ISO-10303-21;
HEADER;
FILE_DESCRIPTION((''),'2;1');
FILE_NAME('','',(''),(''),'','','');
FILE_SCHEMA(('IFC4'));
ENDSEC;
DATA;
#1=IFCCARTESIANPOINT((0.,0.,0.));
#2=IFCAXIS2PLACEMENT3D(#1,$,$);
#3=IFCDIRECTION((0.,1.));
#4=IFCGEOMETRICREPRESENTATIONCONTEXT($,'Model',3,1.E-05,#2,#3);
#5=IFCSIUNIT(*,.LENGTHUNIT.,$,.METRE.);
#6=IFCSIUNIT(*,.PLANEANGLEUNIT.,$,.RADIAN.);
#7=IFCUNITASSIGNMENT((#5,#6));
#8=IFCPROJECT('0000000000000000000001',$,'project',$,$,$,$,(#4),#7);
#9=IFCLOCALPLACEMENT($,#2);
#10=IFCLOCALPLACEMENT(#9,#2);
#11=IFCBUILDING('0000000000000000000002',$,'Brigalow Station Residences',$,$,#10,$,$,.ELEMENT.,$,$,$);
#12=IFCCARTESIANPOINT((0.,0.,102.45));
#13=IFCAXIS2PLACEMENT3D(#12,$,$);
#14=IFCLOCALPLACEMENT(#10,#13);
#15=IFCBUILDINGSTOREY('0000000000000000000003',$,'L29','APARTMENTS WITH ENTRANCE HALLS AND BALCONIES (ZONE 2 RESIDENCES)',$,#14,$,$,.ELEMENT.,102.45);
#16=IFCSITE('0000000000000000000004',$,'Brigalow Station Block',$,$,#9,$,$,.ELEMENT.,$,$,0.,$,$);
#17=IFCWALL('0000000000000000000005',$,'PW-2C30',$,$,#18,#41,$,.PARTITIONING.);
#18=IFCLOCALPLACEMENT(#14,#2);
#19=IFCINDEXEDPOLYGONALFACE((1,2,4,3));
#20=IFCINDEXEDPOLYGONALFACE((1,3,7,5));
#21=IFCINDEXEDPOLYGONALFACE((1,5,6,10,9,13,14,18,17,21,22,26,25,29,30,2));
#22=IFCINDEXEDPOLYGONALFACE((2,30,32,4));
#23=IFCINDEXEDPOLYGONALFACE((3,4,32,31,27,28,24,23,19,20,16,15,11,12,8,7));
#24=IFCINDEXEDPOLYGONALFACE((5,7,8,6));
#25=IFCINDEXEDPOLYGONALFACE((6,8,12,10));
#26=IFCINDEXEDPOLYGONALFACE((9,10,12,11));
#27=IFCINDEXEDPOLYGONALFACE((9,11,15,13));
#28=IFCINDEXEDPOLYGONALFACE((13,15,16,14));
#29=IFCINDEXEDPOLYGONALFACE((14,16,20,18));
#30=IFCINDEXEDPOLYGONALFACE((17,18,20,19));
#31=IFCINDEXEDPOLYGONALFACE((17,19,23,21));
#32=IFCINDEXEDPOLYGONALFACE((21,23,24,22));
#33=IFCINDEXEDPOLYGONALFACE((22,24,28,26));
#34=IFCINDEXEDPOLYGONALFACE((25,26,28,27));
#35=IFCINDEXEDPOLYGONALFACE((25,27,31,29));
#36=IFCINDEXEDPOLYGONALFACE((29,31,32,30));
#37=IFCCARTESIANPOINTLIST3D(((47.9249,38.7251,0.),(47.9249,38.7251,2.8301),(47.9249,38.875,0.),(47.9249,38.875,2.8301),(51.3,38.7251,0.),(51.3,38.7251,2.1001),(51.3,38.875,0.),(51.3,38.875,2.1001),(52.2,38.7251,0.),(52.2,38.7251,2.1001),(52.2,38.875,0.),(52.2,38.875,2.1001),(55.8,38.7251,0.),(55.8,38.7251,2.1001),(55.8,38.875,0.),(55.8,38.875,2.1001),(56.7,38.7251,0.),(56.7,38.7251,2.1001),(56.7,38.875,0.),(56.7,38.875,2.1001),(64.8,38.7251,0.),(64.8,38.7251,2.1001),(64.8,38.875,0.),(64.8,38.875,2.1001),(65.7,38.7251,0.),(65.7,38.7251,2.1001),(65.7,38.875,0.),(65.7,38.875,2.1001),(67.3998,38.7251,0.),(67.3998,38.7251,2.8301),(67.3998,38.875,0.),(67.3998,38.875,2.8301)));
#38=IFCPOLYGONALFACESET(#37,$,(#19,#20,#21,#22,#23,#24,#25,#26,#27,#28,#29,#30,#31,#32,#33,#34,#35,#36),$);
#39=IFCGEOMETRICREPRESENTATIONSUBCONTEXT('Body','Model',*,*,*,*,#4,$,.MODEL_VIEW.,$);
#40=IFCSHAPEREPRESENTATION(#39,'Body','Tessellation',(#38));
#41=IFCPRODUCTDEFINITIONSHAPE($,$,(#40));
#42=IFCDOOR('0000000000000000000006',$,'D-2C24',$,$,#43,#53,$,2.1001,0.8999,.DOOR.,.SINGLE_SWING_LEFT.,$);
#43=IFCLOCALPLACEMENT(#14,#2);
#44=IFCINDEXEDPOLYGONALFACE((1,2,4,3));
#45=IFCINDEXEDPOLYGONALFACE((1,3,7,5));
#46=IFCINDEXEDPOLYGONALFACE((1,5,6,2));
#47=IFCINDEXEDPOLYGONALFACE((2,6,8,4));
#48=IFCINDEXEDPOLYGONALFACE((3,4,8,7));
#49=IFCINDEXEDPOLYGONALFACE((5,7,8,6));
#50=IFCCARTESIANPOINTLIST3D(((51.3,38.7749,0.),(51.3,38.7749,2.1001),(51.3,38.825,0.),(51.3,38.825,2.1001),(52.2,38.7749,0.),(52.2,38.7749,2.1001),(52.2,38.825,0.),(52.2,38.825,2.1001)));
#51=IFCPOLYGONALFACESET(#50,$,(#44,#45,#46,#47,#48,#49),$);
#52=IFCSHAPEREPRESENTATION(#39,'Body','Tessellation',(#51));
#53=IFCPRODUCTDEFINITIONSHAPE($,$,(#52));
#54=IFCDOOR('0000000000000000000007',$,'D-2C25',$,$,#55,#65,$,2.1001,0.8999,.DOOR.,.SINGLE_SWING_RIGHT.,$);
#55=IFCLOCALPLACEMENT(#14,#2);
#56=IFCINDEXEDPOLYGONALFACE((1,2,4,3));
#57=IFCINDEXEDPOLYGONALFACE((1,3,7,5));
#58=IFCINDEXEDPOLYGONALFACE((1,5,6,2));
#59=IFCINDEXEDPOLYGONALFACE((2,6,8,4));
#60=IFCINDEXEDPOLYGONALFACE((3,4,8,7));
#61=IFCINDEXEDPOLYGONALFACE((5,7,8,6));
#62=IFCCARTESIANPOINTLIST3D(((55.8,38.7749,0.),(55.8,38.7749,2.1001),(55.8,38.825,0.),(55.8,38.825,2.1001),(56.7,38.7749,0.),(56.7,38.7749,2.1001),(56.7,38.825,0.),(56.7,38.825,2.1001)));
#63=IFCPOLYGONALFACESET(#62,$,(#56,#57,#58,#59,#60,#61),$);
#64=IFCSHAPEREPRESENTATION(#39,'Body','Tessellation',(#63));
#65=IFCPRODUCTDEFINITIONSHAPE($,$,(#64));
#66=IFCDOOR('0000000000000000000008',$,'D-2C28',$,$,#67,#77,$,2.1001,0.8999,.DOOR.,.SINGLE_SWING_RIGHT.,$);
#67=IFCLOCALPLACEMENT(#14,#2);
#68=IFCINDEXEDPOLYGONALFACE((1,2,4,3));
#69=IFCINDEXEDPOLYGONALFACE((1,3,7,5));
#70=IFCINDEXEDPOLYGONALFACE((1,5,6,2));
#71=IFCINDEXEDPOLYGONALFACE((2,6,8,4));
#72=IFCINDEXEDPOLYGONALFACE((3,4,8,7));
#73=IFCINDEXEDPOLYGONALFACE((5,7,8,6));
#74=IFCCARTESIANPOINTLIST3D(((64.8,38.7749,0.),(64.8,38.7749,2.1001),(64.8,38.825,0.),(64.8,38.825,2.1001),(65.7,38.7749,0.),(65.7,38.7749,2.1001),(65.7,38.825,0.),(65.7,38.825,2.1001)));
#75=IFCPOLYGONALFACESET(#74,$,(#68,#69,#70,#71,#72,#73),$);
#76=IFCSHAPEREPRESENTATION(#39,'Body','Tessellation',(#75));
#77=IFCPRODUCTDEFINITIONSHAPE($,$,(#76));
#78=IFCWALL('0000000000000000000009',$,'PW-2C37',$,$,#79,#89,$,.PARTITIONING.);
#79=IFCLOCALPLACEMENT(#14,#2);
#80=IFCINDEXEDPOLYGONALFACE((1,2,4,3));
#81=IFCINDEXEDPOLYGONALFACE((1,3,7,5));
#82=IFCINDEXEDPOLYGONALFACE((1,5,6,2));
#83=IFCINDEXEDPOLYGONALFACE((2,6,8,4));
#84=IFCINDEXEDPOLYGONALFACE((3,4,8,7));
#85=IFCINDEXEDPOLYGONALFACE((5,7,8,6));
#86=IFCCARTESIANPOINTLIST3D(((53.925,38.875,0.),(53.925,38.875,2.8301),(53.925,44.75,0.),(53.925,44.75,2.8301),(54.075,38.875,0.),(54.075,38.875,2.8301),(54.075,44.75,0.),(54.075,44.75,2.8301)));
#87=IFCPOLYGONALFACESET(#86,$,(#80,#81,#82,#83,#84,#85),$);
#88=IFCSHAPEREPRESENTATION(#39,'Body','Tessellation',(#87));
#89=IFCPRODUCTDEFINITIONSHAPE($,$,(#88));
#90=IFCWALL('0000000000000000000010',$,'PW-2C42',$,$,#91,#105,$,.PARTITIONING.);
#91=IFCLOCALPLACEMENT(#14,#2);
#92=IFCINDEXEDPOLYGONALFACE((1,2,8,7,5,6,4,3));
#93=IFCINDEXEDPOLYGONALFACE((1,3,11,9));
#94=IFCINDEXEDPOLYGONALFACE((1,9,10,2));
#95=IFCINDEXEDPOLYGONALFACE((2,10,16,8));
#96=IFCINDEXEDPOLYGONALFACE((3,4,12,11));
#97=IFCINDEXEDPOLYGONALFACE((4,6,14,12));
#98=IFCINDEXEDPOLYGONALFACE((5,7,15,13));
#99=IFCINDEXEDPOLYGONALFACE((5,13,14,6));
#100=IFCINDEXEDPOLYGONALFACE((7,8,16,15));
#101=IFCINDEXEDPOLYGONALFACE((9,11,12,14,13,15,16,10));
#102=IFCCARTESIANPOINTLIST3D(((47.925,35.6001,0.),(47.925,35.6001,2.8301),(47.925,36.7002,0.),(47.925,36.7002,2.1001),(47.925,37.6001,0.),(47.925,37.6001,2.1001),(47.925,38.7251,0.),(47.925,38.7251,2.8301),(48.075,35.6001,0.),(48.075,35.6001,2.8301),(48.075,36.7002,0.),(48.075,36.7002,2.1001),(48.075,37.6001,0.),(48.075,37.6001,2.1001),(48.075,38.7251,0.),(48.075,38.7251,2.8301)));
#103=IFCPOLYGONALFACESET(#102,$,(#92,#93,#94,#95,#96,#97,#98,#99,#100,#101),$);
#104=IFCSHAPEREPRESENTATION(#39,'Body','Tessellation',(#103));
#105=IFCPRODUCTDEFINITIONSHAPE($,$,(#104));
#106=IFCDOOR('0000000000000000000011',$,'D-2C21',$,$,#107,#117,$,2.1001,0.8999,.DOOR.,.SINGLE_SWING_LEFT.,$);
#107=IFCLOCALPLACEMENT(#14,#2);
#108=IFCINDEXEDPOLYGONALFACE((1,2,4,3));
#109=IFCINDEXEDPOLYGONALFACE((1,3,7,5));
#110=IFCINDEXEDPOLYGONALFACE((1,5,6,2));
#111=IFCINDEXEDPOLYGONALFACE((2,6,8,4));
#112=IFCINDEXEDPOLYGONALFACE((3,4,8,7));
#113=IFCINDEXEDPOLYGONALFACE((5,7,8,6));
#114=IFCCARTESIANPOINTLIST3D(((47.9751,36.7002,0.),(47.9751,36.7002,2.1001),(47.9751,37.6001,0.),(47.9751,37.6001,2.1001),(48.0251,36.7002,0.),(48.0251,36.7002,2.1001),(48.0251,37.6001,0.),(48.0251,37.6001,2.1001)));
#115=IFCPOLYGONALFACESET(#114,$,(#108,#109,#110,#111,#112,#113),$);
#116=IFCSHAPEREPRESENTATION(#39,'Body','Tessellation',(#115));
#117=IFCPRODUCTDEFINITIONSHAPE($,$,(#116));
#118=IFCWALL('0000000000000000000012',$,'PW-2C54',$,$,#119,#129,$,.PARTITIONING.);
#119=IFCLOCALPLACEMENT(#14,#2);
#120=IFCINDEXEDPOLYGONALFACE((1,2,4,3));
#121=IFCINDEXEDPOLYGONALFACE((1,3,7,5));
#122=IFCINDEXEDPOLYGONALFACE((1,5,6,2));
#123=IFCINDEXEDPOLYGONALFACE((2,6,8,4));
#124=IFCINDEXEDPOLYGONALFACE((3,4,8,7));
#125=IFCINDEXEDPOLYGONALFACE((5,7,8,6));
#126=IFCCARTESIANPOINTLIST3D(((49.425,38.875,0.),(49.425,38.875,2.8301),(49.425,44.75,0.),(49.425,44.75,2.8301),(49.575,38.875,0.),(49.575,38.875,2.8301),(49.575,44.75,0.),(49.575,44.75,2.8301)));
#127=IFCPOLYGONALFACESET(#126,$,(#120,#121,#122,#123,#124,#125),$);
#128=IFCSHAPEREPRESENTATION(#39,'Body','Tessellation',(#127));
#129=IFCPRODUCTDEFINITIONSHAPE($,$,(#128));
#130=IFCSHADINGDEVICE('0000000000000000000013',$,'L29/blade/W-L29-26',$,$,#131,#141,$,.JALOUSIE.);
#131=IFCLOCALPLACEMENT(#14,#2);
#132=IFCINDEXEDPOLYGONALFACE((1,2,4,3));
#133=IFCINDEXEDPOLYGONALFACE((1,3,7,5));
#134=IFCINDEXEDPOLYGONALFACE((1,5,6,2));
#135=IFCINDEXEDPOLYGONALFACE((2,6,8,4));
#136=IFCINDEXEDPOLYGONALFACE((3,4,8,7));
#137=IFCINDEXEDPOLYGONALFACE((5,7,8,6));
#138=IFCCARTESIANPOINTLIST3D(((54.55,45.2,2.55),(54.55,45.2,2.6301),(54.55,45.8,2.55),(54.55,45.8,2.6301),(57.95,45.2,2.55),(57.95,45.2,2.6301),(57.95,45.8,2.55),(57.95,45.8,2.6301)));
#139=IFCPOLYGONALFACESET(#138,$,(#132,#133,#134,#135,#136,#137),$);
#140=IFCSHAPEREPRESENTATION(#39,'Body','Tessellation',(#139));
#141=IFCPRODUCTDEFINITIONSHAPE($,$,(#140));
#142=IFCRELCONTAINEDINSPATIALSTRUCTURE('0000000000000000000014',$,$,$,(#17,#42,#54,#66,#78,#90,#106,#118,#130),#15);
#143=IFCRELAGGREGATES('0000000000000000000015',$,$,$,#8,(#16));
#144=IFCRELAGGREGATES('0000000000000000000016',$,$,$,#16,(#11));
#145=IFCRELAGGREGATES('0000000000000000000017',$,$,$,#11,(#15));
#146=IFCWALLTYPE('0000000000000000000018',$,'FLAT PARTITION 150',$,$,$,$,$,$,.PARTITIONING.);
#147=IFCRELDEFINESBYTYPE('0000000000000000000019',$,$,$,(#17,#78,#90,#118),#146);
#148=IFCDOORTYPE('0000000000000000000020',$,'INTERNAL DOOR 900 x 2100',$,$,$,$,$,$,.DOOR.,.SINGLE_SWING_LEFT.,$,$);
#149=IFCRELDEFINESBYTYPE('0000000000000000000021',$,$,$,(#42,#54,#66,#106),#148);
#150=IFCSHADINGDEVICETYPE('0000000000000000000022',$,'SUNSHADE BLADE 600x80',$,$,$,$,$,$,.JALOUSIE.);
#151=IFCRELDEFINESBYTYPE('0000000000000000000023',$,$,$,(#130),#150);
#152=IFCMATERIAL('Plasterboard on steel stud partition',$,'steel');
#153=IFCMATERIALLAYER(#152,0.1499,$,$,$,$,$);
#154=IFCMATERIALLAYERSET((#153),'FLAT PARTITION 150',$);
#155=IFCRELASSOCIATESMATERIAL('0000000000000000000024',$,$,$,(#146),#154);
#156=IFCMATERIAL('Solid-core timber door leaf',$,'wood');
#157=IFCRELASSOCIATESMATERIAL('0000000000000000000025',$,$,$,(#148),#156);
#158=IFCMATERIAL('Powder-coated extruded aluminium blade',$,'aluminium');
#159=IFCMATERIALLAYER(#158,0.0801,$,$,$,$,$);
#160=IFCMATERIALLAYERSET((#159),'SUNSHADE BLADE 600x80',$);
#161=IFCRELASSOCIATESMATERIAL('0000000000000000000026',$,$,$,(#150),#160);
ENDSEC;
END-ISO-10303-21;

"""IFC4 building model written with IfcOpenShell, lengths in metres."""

from ifc_helpers import new_model, si_unit, direction, frame, frame_2d, origin, origin_2d, place, context, subcontext, project, spatial, rectangle, extrude, material, layer, layer_set, type_object, element, fill, save


model = new_model("IFC4")

# Units and contexts
model_context = context("Model", 3, precision=1e-05, world=origin(), true_north=direction((0.0, 1.0)))
body_context = subcontext(model_context, "Body", "Model", "MODEL_VIEW")
ifc_project = project(units=[si_unit("LENGTHUNIT", "METRE"), si_unit("PLANEANGLEUNIT", "RADIAN")], contexts=[model_context])

# Site, building, storey
site_placement = place(None, origin())
site = spatial("IfcSite", under=ifc_project, at=site_placement, Name="Brigalow Station Block", CompositionType="ELEMENT", RefElevation=0.0)
building_placement = place(site_placement, origin())
building = spatial("IfcBuilding", under=site, at=building_placement, Name="Brigalow Station Residences", CompositionType="ELEMENT")
storey_placement = place(building_placement, frame((0.0, 0.0, 102.45)))
storey = spatial("IfcBuildingStorey", under=building, at=storey_placement, Name="L29", Description="APARTMENTS WITH ENTRANCE HALLS AND BALCONIES (ZONE 2 RESIDENCES)", CompositionType="ELEMENT", Elevation=102.45)

# Wall, openings, doors
ifc_material_1 = material(Name="Plasterboard on steel stud partition", Category="steel")
ifc_layer_1 = layer(ifc_material_1, 0.1499)
ifc_layer_set_1 = layer_set([ifc_layer_1], Name="FLAT PARTITION 150")
wall_type_1 = type_object("IfcWallType", Name="FLAT PARTITION 150", PredefinedType="PARTITIONING", material=ifc_layer_set_1)
wall_1_placement = place(storey_placement, frame((47.925, 38.8, 0.0), z_axis=(0.0, 0.0, 1.0), x_axis=(1.0, 0.0, 0.0)))
wall_1 = element("IfcWall", 1, at=wall_1_placement, inside=storey, type_object=wall_type_1, Name="PW-2C30", PredefinedType="PARTITIONING", context=body_context, shape_type="SweptSolid", body=[
    extrude(rectangle(XDim=19.4749, YDim=0.1499, at=frame_2d((9.7373, 0.0))), origin(), (0.0, 0.0, 1.0), 2.8301),
])
opening_1_placement = place(wall_1_placement, frame((3.375, 0.0, 0.0)))
opening_1 = element("IfcOpeningElement", 2, at=opening_1_placement, cuts=wall_1, PredefinedType="OPENING", context=body_context, shape_type="SweptSolid", body=[
    extrude(rectangle(XDim=0.8999, YDim=2.1001, at=frame_2d((0.45, 1.05))), frame((0.0, 0.085, 0.0), z_axis=(0.0, -1.0, 0.0), x_axis=(1.0, 0.0, 0.0)), (0.0, 0.0, 1.0), 0.1699),
])
opening_2_placement = place(wall_1_placement, frame((7.875, 0.0, 0.0)))
opening_2 = element("IfcOpeningElement", 3, at=opening_2_placement, cuts=wall_1, PredefinedType="OPENING", context=body_context, shape_type="SweptSolid", body=[
    extrude(rectangle(XDim=0.8999, YDim=2.1001, at=frame_2d((0.45, 1.05))), frame((0.0, 0.085, 0.0), z_axis=(0.0, -1.0, 0.0), x_axis=(1.0, 0.0, 0.0)), (0.0, 0.0, 1.0), 0.1699),
])
opening_3_placement = place(wall_1_placement, frame((16.875, 0.0, 0.0)))
opening_3 = element("IfcOpeningElement", 4, at=opening_3_placement, cuts=wall_1, PredefinedType="OPENING", context=body_context, shape_type="SweptSolid", body=[
    extrude(rectangle(XDim=0.8999, YDim=2.1001, at=frame_2d((0.45, 1.05))), frame((0.0, 0.085, 0.0), z_axis=(0.0, -1.0, 0.0), x_axis=(1.0, 0.0, 0.0)), (0.0, 0.0, 1.0), 0.1699),
])
ifc_material_2 = material(Name="Solid-core timber door leaf", Category="wood")
door_type_1 = type_object("IfcDoorType", Name="INTERNAL DOOR 900 x 2100", OperationType="SINGLE_SWING_LEFT", PredefinedType="DOOR", material=ifc_material_2)
door_1_placement = place(opening_1_placement, origin())
door_1 = element("IfcDoor", 5, at=door_1_placement, inside=storey, type_object=door_type_1, Name="D-2C24", OperationType="SINGLE_SWING_LEFT", OverallHeight=2.1001, OverallWidth=0.8999, PredefinedType="DOOR", context=body_context, shape_type="SweptSolid", body=[
    extrude(rectangle(XDim=0.8999, YDim=2.1001, at=frame_2d((0.45, 1.05))), frame((0.0, 0.0249, 0.0), z_axis=(0.0, -1.0, 0.0), x_axis=(1.0, 0.0, 0.0)), (0.0, 0.0, 1.0), 0.05),
])
fill(opening_1, door_1)
door_2_placement = place(opening_2_placement, origin())
door_2 = element("IfcDoor", 6, at=door_2_placement, inside=storey, type_object=door_type_1, Name="D-2C25", OperationType="SINGLE_SWING_RIGHT", OverallHeight=2.1001, OverallWidth=0.8999, PredefinedType="DOOR", context=body_context, shape_type="SweptSolid", body=[
    extrude(rectangle(XDim=0.8999, YDim=2.1001, at=frame_2d((0.45, 1.05))), frame((0.0, 0.0249, 0.0), z_axis=(0.0, -1.0, 0.0), x_axis=(1.0, 0.0, 0.0)), (0.0, 0.0, 1.0), 0.05),
])
fill(opening_2, door_2)
door_3_placement = place(opening_3_placement, origin())
door_3 = element("IfcDoor", 7, at=door_3_placement, inside=storey, type_object=door_type_1, Name="D-2C28", OperationType="SINGLE_SWING_RIGHT", OverallHeight=2.1001, OverallWidth=0.8999, PredefinedType="DOOR", context=body_context, shape_type="SweptSolid", body=[
    extrude(rectangle(XDim=0.8999, YDim=2.1001, at=frame_2d((0.45, 1.05))), frame((0.0, 0.0249, 0.0), z_axis=(0.0, -1.0, 0.0), x_axis=(1.0, 0.0, 0.0)), (0.0, 0.0, 1.0), 0.05),
])
fill(opening_3, door_3)

# Wall
wall_2_placement = place(storey_placement, frame((54.0, 38.875, 0.0), z_axis=(0.0, 0.0, 1.0), x_axis=(0.0, 1.0, 0.0)))
element("IfcWall", 8, at=wall_2_placement, inside=storey, type_object=wall_type_1, Name="PW-2C37", PredefinedType="PARTITIONING", context=body_context, shape_type="SweptSolid", body=[
    extrude(rectangle(XDim=5.875, YDim=0.1499, at=frame_2d((2.9375, 0.0))), origin(), (0.0, 0.0, 1.0), 2.8301),
])

# Wall, opening, door
wall_3_placement = place(storey_placement, frame((48.0, 35.6001, 0.0), z_axis=(0.0, 0.0, 1.0), x_axis=(0.0, 1.0, 0.0)))
wall_3 = element("IfcWall", 9, at=wall_3_placement, inside=storey, type_object=wall_type_1, Name="PW-2C42", PredefinedType="PARTITIONING", context=body_context, shape_type="SweptSolid", body=[
    extrude(rectangle(XDim=3.125, YDim=0.1499, at=frame_2d((1.5625, 0.0))), origin(), (0.0, 0.0, 1.0), 2.8301),
])
opening_4_placement = place(wall_3_placement, frame((1.1001, 0.0, 0.0)))
opening_4 = element("IfcOpeningElement", 10, at=opening_4_placement, cuts=wall_3, PredefinedType="OPENING", context=body_context, shape_type="SweptSolid", body=[
    extrude(rectangle(XDim=0.8999, YDim=2.1001, at=frame_2d((0.45, 1.05))), frame((0.0, 0.085, 0.0), z_axis=(0.0, -1.0, 0.0), x_axis=(1.0, 0.0, 0.0)), (0.0, 0.0, 1.0), 0.1699),
])
door_4_placement = place(opening_4_placement, origin())
door_4 = element("IfcDoor", 11, at=door_4_placement, inside=storey, type_object=door_type_1, Name="D-2C21", OperationType="SINGLE_SWING_LEFT", OverallHeight=2.1001, OverallWidth=0.8999, PredefinedType="DOOR", context=body_context, shape_type="SweptSolid", body=[
    extrude(rectangle(XDim=0.8999, YDim=2.1001, at=frame_2d((0.45, 1.05))), frame((0.0, 0.0249, 0.0), z_axis=(0.0, -1.0, 0.0), x_axis=(1.0, 0.0, 0.0)), (0.0, 0.0, 1.0), 0.05),
])
fill(opening_4, door_4)

# Wall
wall_4_placement = place(storey_placement, frame((49.5, 38.875, 0.0), z_axis=(0.0, 0.0, 1.0), x_axis=(0.0, 1.0, 0.0)))
element("IfcWall", 12, at=wall_4_placement, inside=storey, type_object=wall_type_1, Name="PW-2C54", PredefinedType="PARTITIONING", context=body_context, shape_type="SweptSolid", body=[
    extrude(rectangle(XDim=5.875, YDim=0.1499, at=frame_2d((2.9375, 0.0))), origin(), (0.0, 0.0, 1.0), 2.8301),
])

# Shading device
ifc_material_3 = material(Name="Powder-coated extruded aluminium blade", Category="aluminium")
ifc_layer_2 = layer(ifc_material_3, 0.0801)
ifc_layer_set_2 = layer_set([ifc_layer_2], Name="SUNSHADE BLADE 600x80")
shading_device_type = type_object("IfcShadingDeviceType", Name="SUNSHADE BLADE 600x80", PredefinedType="JALOUSIE", material=ifc_layer_set_2)
shading_device_placement = place(storey_placement, frame((56.25, 45.5, 2.55), z_axis=(0.0, 0.0, 1.0), x_axis=(-1.0, 0.0, 0.0)))
element("IfcShadingDevice", 13, at=shading_device_placement, inside=storey, type_object=shading_device_type, Name="L29/blade/W-L29-26", PredefinedType="JALOUSIE", context=body_context, shape_type="SweptSolid", body=[
    extrude(rectangle(XDim=3.3999, YDim=0.6001, at=origin_2d()), origin(), (0.0, 0.0, 1.0), 0.0801),
])

save(model, "model.ifc")
